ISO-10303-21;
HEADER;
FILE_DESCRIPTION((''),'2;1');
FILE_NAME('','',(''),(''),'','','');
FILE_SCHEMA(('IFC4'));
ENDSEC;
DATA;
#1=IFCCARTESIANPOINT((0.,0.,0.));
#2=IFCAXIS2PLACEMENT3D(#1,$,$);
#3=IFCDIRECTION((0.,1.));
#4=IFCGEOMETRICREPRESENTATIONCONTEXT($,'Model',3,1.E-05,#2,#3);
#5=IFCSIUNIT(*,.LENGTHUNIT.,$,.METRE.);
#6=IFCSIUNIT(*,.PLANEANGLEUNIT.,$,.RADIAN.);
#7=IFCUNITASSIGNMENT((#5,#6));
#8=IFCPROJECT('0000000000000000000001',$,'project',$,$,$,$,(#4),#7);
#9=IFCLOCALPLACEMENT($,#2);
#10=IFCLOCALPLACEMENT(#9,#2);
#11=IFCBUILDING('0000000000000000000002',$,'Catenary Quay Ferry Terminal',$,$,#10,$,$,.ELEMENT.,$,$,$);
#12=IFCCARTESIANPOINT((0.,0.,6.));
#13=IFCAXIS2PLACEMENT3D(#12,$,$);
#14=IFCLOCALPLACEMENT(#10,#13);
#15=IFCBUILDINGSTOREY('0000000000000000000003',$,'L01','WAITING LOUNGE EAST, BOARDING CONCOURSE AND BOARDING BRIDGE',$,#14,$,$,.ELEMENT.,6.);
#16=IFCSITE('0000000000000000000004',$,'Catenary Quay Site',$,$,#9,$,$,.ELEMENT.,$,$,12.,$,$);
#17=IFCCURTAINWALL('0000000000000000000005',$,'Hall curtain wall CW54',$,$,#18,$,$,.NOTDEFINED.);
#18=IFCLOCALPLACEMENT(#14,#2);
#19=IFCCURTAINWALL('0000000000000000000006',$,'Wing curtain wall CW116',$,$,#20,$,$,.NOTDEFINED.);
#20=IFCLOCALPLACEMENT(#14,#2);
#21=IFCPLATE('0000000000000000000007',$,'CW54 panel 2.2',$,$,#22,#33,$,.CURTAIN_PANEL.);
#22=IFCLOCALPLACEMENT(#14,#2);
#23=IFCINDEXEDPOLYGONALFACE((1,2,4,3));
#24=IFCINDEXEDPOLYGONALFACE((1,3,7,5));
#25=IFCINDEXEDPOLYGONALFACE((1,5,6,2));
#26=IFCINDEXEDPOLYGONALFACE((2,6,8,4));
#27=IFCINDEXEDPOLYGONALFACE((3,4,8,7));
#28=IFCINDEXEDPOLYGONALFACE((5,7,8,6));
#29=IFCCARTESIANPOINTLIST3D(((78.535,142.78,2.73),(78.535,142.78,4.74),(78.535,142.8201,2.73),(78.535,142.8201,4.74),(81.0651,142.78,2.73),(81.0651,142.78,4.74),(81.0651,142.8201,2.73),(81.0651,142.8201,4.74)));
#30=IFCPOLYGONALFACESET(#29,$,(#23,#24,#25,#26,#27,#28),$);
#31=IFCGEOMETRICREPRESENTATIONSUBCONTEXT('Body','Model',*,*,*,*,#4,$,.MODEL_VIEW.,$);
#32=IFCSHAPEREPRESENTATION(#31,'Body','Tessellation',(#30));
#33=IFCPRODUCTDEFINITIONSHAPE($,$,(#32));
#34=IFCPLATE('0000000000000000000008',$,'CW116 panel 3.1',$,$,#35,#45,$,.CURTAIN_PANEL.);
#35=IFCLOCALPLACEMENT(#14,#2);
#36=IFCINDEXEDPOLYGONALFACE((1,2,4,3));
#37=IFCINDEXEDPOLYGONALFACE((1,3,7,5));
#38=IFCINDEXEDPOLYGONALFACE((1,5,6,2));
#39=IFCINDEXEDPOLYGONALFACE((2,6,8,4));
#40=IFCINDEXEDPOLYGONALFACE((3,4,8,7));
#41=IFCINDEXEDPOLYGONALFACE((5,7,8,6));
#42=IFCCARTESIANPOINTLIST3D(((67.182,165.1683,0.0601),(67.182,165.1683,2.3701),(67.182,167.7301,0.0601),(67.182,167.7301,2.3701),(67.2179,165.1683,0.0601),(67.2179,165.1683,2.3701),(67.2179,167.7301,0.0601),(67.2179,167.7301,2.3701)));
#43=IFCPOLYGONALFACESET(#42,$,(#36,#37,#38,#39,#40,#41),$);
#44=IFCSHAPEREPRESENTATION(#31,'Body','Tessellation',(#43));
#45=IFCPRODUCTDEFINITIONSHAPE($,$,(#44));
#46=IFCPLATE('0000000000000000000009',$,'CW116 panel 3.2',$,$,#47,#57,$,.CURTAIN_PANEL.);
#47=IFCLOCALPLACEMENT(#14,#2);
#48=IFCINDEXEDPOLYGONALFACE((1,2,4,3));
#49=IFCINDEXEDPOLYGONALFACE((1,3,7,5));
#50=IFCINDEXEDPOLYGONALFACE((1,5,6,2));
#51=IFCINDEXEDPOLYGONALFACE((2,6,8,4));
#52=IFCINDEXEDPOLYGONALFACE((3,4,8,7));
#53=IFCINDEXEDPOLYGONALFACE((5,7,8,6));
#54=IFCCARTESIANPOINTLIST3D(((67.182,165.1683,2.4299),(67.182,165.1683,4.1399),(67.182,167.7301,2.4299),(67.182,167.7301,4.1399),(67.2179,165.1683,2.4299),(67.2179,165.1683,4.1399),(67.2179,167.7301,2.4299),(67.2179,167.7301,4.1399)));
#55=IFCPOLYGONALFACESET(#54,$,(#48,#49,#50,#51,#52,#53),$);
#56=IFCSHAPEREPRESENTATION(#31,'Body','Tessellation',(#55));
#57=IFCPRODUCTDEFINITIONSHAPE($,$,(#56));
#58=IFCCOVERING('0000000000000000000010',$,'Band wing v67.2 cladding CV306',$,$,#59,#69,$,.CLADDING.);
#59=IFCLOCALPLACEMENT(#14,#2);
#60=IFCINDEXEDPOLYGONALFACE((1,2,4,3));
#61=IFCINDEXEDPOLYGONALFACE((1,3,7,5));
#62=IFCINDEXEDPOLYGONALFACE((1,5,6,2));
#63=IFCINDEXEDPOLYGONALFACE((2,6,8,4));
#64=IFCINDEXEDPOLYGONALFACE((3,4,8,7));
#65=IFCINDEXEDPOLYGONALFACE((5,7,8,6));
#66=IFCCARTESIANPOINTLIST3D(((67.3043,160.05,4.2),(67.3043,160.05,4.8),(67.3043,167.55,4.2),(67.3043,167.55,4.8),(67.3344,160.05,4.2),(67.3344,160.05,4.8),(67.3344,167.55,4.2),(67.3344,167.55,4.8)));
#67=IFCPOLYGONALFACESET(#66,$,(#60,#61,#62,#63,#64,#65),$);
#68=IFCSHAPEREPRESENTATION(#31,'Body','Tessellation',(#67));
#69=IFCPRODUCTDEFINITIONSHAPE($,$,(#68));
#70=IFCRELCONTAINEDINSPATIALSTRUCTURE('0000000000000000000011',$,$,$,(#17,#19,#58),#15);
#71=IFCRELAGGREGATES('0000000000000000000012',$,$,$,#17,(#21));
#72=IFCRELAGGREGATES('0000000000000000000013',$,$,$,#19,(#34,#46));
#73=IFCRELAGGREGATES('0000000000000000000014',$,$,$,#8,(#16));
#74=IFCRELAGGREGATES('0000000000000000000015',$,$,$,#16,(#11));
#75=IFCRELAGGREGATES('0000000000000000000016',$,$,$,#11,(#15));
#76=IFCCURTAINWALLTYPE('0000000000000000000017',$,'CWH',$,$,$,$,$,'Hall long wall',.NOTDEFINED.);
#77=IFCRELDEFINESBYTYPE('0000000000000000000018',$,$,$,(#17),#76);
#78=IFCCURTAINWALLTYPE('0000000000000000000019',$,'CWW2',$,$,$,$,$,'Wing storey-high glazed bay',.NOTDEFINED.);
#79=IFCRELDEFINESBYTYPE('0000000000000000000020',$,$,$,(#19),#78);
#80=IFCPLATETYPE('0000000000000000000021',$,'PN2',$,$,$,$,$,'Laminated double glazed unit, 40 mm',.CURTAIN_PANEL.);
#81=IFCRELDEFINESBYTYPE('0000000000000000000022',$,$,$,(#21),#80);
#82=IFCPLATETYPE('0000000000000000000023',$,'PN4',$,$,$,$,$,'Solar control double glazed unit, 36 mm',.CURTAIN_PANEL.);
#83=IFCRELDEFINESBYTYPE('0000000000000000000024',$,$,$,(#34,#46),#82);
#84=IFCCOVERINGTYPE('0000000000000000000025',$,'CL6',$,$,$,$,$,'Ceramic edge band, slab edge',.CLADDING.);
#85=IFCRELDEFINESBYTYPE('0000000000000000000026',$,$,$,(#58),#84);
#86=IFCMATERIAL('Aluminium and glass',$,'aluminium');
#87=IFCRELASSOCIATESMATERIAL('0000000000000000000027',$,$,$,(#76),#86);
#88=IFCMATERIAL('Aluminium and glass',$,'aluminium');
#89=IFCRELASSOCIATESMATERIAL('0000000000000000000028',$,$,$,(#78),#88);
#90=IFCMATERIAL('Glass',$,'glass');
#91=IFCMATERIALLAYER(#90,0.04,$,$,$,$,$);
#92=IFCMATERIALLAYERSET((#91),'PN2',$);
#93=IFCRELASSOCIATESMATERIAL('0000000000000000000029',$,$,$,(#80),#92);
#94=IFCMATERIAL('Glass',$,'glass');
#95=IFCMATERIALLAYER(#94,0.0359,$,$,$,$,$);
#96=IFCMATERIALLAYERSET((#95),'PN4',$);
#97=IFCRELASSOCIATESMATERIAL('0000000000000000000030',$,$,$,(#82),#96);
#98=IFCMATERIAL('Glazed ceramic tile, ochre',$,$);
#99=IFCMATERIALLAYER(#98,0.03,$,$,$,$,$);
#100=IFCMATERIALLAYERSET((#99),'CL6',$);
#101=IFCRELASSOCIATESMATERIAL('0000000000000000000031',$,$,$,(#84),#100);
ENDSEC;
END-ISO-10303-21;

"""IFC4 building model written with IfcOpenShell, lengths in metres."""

from ifc_helpers import new_model, si_unit, direction, frame, origin, origin_2d, place, context, subcontext, project, spatial, rectangle, extrude, material, layer, layer_set, type_object, element, aggregate, save


model = new_model("IFC4")

# Units and contexts
model_context = context("Model", 3, precision=1e-05, world=origin(), true_north=direction((0.0, 1.0)))
body_context = subcontext(model_context, "Body", "Model", "MODEL_VIEW")
ifc_project = project(units=[si_unit("LENGTHUNIT", "METRE"), si_unit("PLANEANGLEUNIT", "RADIAN")], contexts=[model_context])

# Site, building, storey
site_placement = place(None, origin())
site = spatial("IfcSite", under=ifc_project, at=site_placement, Name="Catenary Quay Site", CompositionType="ELEMENT", RefElevation=12.0)
building_placement = place(site_placement, origin())
building = spatial("IfcBuilding", under=site, at=building_placement, Name="Catenary Quay Ferry Terminal", CompositionType="ELEMENT")
storey_placement = place(building_placement, frame((0.0, 0.0, 6.0)))
storey = spatial("IfcBuildingStorey", under=building, at=storey_placement, Name="L01", Description="WAITING LOUNGE EAST, BOARDING CONCOURSE AND BOARDING BRIDGE", CompositionType="ELEMENT", Elevation=6.0)

# Curtain wall
ifc_material_1 = material(Name="Aluminium and glass", Category="aluminium")
curtain_wall_type_1 = type_object("IfcCurtainWallType", Name="CWH", ElementType="Hall long wall", PredefinedType="NOTDEFINED", material=ifc_material_1)
curtain_wall_1_placement = place(storey_placement, origin())
curtain_wall_1 = element("IfcCurtainWall", 1, at=curtain_wall_1_placement, inside=storey, type_object=curtain_wall_type_1, Name="Hall curtain wall CW54", PredefinedType="NOTDEFINED")

# Curtain wall
ifc_material_2 = material(Name="Aluminium and glass", Category="aluminium")
curtain_wall_type_2 = type_object("IfcCurtainWallType", Name="CWW2", ElementType="Wing storey-high glazed bay", PredefinedType="NOTDEFINED", material=ifc_material_2)
curtain_wall_2_placement = place(storey_placement, origin())
curtain_wall_2 = element("IfcCurtainWall", 2, at=curtain_wall_2_placement, inside=storey, type_object=curtain_wall_type_2, Name="Wing curtain wall CW116", PredefinedType="NOTDEFINED")

# Plates
ifc_material_3 = material(Name="Glass", Category="glass")
ifc_layer_1 = layer(ifc_material_3, 0.04)
ifc_layer_set_1 = layer_set([ifc_layer_1], Name="PN2")
plate_type_1 = type_object("IfcPlateType", Name="PN2", ElementType="Laminated double glazed unit, 40 mm", PredefinedType="CURTAIN_PANEL", material=ifc_layer_set_1)
plate_1_placement = place(storey_placement, frame((79.8, 142.8, 2.73), z_axis=(0.0, 0.0, 1.0), x_axis=(1.0, 0.0, 0.0)))
plate_1 = element("IfcPlate", 3, at=plate_1_placement, type_object=plate_type_1, Name="CW54 panel 2.2", PredefinedType="CURTAIN_PANEL", context=body_context, shape_type="SweptSolid", body=[
    extrude(rectangle(XDim=2.53, YDim=0.04, at=origin_2d()), origin(), (0.0, 0.0, 1.0), 2.01),
])
aggregate(curtain_wall_1, [plate_1])
ifc_material_4 = material(Name="Glass", Category="glass")
ifc_layer_2 = layer(ifc_material_4, 0.0359)
ifc_layer_set_2 = layer_set([ifc_layer_2], Name="PN4")
plate_type_2 = type_object("IfcPlateType", Name="PN4", ElementType="Solar control double glazed unit, 36 mm", PredefinedType="CURTAIN_PANEL", material=ifc_layer_set_2)
plate_2_placement = place(storey_placement, frame((67.2, 166.4492, 0.0601), z_axis=(0.0, 0.0, 1.0), x_axis=(0.0, 1.0, 0.0)))
plate_2 = element("IfcPlate", 4, at=plate_2_placement, type_object=plate_type_2, Name="CW116 panel 3.1", PredefinedType="CURTAIN_PANEL", context=body_context, shape_type="SweptSolid", body=[
    extrude(rectangle(XDim=2.5618, YDim=0.0359, at=origin_2d()), origin(), (0.0, 0.0, 1.0), 2.3101),
])
plate_3_placement = place(storey_placement, frame((67.2, 166.4492, 2.4299), z_axis=(0.0, 0.0, 1.0), x_axis=(0.0, 1.0, 0.0)))
plate_3 = element("IfcPlate", 5, at=plate_3_placement, type_object=plate_type_2, Name="CW116 panel 3.2", PredefinedType="CURTAIN_PANEL", context=body_context, shape_type="SweptSolid", body=[
    extrude(rectangle(XDim=2.5618, YDim=0.0359, at=origin_2d()), origin(), (0.0, 0.0, 1.0), 1.71),
])
aggregate(curtain_wall_2, [plate_2, plate_3])

# Covering
ifc_material_5 = material(Name="Glazed ceramic tile, ochre")
ifc_layer_3 = layer(ifc_material_5, 0.03)
ifc_layer_set_3 = layer_set([ifc_layer_3], Name="CL6")
covering_type = type_object("IfcCoveringType", Name="CL6", ElementType="Ceramic edge band, slab edge", PredefinedType="CLADDING", material=ifc_layer_set_3)
covering_placement = place(storey_placement, frame((67.3193, 163.8, 4.2), z_axis=(0.0, 0.0, 1.0), x_axis=(1.0, 0.0, 0.0)))
element("IfcCovering", 6, at=covering_placement, inside=storey, type_object=covering_type, Name="Band wing v67.2 cladding CV306", PredefinedType="CLADDING", context=body_context, shape_type="SweptSolid", body=[
    extrude(rectangle(XDim=0.03, YDim=7.5, at=origin_2d()), origin(), (0.0, 0.0, 1.0), 0.6001),
])

save(model, "model.ifc")
